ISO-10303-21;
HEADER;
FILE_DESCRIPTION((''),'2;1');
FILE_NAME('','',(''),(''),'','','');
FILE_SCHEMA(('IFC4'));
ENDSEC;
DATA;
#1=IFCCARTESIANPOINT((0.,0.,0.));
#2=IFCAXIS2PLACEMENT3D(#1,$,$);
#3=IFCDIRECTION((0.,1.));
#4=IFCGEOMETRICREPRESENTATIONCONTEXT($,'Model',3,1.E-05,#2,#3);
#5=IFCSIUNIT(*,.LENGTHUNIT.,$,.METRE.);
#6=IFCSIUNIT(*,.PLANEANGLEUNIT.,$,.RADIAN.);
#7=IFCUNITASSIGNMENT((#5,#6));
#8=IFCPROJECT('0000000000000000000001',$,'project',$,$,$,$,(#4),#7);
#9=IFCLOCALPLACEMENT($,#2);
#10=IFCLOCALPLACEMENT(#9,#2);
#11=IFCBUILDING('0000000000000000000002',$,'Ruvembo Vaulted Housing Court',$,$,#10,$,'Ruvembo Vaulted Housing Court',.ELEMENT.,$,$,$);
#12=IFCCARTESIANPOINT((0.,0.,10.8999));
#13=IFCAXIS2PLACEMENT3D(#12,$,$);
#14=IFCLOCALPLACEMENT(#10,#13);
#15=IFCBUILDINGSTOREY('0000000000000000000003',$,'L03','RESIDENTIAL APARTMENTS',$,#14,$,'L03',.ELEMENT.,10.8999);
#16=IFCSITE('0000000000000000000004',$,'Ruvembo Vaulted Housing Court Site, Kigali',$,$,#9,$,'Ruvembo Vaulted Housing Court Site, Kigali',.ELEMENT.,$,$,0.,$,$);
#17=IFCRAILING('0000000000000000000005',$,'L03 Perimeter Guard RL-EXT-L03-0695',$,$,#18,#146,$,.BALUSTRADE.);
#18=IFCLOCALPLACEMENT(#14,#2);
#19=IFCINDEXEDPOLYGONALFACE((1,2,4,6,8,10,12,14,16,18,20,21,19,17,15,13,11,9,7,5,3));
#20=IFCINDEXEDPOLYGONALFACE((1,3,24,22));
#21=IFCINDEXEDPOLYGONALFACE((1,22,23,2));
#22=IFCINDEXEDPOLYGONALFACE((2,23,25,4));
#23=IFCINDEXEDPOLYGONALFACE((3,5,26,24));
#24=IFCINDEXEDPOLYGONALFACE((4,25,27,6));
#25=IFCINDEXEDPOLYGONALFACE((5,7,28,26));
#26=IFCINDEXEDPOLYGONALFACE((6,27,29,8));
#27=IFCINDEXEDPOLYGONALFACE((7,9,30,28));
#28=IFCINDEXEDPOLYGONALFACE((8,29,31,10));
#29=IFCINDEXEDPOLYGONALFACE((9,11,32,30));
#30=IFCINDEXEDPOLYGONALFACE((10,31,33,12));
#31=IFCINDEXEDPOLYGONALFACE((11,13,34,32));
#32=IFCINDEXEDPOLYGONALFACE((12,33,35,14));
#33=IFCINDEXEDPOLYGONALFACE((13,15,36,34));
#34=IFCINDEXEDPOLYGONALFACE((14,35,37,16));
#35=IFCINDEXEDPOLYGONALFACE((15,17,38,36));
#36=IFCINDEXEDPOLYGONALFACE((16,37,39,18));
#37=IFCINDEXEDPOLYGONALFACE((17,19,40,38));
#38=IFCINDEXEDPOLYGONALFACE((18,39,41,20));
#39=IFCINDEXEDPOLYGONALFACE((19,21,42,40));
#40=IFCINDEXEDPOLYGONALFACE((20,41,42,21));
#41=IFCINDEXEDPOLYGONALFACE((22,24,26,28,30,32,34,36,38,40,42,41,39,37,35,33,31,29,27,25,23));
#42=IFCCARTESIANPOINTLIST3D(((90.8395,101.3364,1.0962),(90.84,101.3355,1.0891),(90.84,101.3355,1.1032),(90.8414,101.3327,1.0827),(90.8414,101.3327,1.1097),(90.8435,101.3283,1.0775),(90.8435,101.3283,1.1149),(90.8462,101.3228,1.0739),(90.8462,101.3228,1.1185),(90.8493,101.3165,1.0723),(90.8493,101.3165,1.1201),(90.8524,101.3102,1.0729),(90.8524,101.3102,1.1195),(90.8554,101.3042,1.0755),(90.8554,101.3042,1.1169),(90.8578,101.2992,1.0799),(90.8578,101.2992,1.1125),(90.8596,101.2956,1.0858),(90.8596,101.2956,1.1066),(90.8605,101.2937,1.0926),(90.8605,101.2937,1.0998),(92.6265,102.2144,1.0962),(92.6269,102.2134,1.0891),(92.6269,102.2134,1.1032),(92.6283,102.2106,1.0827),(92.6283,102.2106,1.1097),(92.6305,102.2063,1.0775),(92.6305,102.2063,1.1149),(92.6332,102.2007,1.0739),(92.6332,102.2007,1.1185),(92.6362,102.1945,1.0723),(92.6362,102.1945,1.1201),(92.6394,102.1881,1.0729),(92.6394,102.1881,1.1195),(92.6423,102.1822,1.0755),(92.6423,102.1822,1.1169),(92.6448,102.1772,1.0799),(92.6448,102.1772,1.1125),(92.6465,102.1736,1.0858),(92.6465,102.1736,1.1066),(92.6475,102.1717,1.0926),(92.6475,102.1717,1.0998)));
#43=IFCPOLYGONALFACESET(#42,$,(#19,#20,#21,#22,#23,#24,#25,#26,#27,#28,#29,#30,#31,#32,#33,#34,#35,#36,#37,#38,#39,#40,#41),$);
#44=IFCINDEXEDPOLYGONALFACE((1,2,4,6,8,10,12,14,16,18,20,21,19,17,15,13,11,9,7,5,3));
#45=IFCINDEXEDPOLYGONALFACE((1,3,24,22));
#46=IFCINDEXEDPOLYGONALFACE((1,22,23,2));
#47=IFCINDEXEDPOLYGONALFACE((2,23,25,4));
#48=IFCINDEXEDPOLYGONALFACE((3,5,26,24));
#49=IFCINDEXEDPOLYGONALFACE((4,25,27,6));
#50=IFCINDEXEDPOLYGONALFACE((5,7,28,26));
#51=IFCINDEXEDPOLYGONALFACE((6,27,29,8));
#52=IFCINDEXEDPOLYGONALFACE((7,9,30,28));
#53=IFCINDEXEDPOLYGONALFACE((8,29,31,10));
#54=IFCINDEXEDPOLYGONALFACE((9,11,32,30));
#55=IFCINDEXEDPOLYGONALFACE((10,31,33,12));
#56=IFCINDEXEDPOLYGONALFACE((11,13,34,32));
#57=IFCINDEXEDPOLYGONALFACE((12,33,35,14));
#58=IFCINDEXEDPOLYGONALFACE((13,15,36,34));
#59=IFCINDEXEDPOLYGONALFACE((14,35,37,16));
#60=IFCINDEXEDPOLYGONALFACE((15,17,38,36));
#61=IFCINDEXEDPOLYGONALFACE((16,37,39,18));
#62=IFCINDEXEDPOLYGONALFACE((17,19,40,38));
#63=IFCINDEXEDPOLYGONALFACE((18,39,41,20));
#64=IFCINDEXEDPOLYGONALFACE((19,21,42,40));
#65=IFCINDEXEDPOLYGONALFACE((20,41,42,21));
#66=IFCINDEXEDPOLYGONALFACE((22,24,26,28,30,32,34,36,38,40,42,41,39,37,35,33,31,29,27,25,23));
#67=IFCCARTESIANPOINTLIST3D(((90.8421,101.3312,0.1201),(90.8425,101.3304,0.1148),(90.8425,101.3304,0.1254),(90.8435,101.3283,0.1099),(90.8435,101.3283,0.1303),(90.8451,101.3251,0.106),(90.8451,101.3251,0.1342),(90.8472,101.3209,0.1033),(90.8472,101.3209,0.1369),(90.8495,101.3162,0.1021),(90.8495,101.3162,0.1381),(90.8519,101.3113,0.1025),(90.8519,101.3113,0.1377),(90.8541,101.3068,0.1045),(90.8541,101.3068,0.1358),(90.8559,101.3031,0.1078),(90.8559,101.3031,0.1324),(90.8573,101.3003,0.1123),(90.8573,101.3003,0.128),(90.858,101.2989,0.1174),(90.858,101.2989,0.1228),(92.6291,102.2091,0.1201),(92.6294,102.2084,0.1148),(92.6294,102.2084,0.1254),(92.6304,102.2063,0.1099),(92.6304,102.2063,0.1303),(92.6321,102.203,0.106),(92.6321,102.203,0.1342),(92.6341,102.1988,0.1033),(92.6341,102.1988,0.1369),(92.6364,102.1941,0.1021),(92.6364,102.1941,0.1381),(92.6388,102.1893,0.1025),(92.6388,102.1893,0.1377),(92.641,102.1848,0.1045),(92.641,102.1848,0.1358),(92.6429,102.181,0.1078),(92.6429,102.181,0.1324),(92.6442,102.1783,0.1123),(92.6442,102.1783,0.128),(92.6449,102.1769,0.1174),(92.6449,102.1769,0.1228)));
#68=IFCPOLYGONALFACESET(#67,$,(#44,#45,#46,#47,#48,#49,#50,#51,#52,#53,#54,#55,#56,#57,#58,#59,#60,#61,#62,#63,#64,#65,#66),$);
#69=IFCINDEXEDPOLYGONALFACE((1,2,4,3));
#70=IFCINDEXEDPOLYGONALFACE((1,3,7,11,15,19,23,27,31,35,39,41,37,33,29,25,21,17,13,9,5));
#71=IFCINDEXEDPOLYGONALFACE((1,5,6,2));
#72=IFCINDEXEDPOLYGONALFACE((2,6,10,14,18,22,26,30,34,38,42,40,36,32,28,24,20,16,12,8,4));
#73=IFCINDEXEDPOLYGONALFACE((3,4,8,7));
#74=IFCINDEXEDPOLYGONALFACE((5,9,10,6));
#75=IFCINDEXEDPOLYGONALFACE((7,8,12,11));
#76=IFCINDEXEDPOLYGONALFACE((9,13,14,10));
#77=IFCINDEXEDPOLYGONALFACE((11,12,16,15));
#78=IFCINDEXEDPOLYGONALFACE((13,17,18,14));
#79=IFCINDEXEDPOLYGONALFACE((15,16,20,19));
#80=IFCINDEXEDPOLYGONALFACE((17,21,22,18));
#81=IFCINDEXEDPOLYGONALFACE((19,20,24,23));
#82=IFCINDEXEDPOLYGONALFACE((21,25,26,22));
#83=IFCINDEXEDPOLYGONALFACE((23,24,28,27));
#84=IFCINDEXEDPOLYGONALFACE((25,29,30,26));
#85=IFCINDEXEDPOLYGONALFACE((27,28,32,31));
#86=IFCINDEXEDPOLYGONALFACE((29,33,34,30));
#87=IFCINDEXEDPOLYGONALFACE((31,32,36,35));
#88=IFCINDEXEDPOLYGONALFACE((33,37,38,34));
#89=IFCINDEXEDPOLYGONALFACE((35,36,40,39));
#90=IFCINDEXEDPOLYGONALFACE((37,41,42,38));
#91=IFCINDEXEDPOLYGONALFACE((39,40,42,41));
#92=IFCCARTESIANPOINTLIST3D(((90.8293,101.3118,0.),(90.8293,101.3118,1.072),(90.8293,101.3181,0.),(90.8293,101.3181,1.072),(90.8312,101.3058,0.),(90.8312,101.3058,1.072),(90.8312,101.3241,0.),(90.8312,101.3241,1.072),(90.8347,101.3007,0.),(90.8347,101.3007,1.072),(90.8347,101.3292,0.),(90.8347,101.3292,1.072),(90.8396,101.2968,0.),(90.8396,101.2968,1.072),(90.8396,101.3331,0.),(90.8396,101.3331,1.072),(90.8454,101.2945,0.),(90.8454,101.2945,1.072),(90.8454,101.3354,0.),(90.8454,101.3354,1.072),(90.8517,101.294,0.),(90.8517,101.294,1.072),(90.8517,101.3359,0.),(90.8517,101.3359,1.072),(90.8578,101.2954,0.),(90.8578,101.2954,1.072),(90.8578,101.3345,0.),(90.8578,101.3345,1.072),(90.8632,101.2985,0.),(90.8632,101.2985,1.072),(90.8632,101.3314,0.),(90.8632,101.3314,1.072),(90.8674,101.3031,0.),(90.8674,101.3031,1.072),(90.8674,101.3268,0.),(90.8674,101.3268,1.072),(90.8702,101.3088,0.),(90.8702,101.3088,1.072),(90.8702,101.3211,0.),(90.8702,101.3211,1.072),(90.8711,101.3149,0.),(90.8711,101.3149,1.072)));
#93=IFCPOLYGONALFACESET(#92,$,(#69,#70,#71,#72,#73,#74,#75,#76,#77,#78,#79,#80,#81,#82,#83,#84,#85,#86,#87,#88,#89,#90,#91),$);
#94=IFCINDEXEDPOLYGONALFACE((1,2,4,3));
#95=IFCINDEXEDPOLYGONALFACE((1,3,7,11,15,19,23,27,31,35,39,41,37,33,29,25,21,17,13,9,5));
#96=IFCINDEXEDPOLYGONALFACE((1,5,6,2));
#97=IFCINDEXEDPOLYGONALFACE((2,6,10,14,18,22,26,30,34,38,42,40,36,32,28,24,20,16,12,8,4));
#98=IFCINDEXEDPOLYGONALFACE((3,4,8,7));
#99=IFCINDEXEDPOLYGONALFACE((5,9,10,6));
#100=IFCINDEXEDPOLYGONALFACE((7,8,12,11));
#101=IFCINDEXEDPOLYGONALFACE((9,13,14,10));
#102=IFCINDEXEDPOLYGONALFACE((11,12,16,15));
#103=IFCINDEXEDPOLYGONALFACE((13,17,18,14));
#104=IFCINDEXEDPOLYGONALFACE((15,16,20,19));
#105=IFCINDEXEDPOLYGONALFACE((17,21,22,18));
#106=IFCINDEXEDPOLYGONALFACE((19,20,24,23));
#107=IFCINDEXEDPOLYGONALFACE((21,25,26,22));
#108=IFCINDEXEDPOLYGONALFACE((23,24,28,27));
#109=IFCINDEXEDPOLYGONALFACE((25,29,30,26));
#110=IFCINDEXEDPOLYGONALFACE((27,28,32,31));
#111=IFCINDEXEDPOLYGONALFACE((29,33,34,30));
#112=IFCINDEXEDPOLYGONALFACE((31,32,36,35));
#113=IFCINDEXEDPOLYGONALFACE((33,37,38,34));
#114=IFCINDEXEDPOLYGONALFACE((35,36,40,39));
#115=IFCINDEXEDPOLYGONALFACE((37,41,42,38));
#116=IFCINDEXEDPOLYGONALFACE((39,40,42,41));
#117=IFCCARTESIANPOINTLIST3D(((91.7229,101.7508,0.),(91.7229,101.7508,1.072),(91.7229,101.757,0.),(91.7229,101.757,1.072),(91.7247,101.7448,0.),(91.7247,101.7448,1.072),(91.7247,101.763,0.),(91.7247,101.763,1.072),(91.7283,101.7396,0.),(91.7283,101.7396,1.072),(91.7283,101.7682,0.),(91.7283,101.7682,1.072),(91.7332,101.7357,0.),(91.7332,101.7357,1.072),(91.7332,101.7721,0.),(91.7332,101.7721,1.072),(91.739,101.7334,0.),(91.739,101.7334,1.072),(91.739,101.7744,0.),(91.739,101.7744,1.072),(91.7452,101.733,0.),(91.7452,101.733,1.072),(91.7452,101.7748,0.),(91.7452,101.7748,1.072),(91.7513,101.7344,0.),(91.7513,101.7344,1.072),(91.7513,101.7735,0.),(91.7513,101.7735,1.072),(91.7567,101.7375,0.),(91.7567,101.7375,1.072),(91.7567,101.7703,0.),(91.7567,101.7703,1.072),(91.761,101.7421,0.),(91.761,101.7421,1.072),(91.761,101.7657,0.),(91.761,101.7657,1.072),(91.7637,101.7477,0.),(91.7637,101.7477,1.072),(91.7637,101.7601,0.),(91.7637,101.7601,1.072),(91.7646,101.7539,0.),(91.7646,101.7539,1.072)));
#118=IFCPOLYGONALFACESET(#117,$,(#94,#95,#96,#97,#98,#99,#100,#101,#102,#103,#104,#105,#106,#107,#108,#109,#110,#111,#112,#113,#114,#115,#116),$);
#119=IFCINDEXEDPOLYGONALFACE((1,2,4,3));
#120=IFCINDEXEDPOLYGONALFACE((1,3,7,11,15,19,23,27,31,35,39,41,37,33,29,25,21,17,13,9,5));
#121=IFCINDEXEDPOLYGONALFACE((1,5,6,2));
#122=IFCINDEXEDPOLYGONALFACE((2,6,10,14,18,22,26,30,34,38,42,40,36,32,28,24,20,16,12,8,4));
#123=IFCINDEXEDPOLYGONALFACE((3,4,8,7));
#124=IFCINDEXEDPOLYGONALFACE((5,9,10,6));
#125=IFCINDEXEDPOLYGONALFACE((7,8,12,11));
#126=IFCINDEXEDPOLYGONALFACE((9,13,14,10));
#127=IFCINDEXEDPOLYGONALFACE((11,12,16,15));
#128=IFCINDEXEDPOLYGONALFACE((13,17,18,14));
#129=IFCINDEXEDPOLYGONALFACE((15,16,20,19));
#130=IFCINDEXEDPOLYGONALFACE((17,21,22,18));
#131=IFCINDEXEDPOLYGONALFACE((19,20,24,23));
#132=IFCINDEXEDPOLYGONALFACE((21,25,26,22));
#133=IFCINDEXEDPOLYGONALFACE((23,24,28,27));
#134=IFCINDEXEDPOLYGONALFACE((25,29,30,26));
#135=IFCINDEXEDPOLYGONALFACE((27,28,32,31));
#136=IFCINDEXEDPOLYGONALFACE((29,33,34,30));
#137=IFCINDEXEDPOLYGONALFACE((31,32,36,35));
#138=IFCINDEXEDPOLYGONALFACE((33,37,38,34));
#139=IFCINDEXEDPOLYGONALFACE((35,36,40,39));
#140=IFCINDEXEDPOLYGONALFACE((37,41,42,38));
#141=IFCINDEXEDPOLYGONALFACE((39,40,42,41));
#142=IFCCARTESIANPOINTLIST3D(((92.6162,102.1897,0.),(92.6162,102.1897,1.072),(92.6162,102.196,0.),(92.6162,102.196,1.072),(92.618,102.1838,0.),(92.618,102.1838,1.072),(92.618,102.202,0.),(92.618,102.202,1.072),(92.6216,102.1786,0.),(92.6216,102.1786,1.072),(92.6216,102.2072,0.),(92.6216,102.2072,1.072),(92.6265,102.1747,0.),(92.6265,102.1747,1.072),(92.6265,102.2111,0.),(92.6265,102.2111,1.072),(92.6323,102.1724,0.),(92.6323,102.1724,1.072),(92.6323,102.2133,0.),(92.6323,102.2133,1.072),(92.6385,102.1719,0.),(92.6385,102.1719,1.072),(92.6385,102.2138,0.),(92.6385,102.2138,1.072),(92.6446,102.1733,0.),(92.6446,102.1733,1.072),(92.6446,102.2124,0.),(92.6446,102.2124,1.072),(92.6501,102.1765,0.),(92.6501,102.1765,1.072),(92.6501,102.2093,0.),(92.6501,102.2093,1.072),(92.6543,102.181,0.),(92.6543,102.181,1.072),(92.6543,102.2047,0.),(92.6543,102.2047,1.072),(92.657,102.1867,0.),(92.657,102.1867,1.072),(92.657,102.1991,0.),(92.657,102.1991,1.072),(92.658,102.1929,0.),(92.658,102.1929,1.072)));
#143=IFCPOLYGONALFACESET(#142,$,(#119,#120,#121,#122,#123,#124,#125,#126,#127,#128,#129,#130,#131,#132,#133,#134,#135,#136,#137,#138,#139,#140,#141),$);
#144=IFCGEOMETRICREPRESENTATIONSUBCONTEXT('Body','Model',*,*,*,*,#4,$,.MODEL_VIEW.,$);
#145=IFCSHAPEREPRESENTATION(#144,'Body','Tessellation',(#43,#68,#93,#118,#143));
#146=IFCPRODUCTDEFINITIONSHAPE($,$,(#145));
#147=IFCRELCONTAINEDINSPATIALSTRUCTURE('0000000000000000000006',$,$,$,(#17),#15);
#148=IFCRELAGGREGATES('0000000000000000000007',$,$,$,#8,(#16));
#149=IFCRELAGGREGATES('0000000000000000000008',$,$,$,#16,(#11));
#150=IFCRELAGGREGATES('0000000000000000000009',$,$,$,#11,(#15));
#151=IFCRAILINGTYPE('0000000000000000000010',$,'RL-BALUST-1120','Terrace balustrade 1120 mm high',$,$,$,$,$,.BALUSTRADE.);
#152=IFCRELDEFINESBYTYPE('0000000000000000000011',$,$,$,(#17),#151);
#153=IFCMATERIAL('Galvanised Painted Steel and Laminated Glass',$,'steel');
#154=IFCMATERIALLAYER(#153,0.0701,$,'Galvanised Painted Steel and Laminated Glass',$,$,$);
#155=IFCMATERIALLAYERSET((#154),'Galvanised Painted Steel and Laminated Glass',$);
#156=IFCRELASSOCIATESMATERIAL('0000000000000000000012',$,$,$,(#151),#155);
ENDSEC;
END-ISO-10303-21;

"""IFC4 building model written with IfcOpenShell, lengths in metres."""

from ifc_helpers import new_model, si_unit, direction, frame, origin, origin_2d, place, context, subcontext, project, spatial, circle, extrude, material, layer, layer_set, type_object, element, save


model = new_model("IFC4")

# Units and contexts
model_context = context("Model", 3, precision=1e-05, world=origin(), true_north=direction((0.0, 1.0)))
body_context = subcontext(model_context, "Body", "Model", "MODEL_VIEW")
ifc_project = project(units=[si_unit("LENGTHUNIT", "METRE"), si_unit("PLANEANGLEUNIT", "RADIAN")], contexts=[model_context])

# Site, building, storey
site_placement = place(None, origin())
site = spatial("IfcSite", under=ifc_project, at=site_placement, Name="Ruvembo Vaulted Housing Court Site, Kigali", LongName="Ruvembo Vaulted Housing Court Site, Kigali", CompositionType="ELEMENT", RefElevation=0.0)
building_placement = place(site_placement, origin())
building = spatial("IfcBuilding", under=site, at=building_placement, Name="Ruvembo Vaulted Housing Court", LongName="Ruvembo Vaulted Housing Court", CompositionType="ELEMENT")
storey_placement = place(building_placement, frame((0.0, 0.0, 10.8999)))
storey = spatial("IfcBuildingStorey", under=building, at=storey_placement, Name="L03", Description="RESIDENTIAL APARTMENTS", LongName="L03", CompositionType="ELEMENT", Elevation=10.8999)

# Railing
ifc_material_1 = material(Name="Galvanised Painted Steel and Laminated Glass", Category="steel")
ifc_layer_1 = layer(ifc_material_1, 0.0701, Name="Galvanised Painted Steel and Laminated Glass")
ifc_layer_set_1 = layer_set([ifc_layer_1], Name="Galvanised Painted Steel and Laminated Glass")
railing_type = type_object("IfcRailingType", Name="RL-BALUST-1120", Description="Terrace balustrade 1120 mm high", PredefinedType="BALUSTRADE", material=ifc_layer_set_1)
railing_1_placement = place(storey_placement, frame((90.8501, 101.3149, 0.0)))
element("IfcRailing", 1, at=railing_1_placement, inside=storey, type_object=railing_type, Name="L03 Perimeter Guard RL-EXT-L03-0695", PredefinedType="BALUSTRADE", context=body_context, shape_type="SweptSolid", body=[
    extrude(circle(Radius=0.0239, at=origin_2d()), frame((0.0, 0.0, 1.0962), z_axis=(0.89752, 0.440973, 0.0), x_axis=(-0.440973, 0.89752, 0.0)), (0.0, 0.0, 1.0), 1.991),
    extrude(circle(Radius=0.0181, at=origin_2d()), frame((0.0, 0.0, 0.1201), z_axis=(0.89752, 0.440973, 0.0), x_axis=(-0.440973, 0.89752, 0.0)), (0.0, 0.0, 1.0), 1.991),
    extrude(circle(Radius=0.021, at=origin_2d()), origin(), (0.0, 0.0, 1.0), 1.072),
    extrude(circle(Radius=0.021, at=origin_2d()), frame((0.8936, 0.439, 0.0)), (0.0, 0.0, 1.0), 1.072),
    extrude(circle(Radius=0.021, at=origin_2d()), frame((1.7869, 0.8779, 0.0)), (0.0, 0.0, 1.0), 1.072),
])

save(model, "model.ifc")
